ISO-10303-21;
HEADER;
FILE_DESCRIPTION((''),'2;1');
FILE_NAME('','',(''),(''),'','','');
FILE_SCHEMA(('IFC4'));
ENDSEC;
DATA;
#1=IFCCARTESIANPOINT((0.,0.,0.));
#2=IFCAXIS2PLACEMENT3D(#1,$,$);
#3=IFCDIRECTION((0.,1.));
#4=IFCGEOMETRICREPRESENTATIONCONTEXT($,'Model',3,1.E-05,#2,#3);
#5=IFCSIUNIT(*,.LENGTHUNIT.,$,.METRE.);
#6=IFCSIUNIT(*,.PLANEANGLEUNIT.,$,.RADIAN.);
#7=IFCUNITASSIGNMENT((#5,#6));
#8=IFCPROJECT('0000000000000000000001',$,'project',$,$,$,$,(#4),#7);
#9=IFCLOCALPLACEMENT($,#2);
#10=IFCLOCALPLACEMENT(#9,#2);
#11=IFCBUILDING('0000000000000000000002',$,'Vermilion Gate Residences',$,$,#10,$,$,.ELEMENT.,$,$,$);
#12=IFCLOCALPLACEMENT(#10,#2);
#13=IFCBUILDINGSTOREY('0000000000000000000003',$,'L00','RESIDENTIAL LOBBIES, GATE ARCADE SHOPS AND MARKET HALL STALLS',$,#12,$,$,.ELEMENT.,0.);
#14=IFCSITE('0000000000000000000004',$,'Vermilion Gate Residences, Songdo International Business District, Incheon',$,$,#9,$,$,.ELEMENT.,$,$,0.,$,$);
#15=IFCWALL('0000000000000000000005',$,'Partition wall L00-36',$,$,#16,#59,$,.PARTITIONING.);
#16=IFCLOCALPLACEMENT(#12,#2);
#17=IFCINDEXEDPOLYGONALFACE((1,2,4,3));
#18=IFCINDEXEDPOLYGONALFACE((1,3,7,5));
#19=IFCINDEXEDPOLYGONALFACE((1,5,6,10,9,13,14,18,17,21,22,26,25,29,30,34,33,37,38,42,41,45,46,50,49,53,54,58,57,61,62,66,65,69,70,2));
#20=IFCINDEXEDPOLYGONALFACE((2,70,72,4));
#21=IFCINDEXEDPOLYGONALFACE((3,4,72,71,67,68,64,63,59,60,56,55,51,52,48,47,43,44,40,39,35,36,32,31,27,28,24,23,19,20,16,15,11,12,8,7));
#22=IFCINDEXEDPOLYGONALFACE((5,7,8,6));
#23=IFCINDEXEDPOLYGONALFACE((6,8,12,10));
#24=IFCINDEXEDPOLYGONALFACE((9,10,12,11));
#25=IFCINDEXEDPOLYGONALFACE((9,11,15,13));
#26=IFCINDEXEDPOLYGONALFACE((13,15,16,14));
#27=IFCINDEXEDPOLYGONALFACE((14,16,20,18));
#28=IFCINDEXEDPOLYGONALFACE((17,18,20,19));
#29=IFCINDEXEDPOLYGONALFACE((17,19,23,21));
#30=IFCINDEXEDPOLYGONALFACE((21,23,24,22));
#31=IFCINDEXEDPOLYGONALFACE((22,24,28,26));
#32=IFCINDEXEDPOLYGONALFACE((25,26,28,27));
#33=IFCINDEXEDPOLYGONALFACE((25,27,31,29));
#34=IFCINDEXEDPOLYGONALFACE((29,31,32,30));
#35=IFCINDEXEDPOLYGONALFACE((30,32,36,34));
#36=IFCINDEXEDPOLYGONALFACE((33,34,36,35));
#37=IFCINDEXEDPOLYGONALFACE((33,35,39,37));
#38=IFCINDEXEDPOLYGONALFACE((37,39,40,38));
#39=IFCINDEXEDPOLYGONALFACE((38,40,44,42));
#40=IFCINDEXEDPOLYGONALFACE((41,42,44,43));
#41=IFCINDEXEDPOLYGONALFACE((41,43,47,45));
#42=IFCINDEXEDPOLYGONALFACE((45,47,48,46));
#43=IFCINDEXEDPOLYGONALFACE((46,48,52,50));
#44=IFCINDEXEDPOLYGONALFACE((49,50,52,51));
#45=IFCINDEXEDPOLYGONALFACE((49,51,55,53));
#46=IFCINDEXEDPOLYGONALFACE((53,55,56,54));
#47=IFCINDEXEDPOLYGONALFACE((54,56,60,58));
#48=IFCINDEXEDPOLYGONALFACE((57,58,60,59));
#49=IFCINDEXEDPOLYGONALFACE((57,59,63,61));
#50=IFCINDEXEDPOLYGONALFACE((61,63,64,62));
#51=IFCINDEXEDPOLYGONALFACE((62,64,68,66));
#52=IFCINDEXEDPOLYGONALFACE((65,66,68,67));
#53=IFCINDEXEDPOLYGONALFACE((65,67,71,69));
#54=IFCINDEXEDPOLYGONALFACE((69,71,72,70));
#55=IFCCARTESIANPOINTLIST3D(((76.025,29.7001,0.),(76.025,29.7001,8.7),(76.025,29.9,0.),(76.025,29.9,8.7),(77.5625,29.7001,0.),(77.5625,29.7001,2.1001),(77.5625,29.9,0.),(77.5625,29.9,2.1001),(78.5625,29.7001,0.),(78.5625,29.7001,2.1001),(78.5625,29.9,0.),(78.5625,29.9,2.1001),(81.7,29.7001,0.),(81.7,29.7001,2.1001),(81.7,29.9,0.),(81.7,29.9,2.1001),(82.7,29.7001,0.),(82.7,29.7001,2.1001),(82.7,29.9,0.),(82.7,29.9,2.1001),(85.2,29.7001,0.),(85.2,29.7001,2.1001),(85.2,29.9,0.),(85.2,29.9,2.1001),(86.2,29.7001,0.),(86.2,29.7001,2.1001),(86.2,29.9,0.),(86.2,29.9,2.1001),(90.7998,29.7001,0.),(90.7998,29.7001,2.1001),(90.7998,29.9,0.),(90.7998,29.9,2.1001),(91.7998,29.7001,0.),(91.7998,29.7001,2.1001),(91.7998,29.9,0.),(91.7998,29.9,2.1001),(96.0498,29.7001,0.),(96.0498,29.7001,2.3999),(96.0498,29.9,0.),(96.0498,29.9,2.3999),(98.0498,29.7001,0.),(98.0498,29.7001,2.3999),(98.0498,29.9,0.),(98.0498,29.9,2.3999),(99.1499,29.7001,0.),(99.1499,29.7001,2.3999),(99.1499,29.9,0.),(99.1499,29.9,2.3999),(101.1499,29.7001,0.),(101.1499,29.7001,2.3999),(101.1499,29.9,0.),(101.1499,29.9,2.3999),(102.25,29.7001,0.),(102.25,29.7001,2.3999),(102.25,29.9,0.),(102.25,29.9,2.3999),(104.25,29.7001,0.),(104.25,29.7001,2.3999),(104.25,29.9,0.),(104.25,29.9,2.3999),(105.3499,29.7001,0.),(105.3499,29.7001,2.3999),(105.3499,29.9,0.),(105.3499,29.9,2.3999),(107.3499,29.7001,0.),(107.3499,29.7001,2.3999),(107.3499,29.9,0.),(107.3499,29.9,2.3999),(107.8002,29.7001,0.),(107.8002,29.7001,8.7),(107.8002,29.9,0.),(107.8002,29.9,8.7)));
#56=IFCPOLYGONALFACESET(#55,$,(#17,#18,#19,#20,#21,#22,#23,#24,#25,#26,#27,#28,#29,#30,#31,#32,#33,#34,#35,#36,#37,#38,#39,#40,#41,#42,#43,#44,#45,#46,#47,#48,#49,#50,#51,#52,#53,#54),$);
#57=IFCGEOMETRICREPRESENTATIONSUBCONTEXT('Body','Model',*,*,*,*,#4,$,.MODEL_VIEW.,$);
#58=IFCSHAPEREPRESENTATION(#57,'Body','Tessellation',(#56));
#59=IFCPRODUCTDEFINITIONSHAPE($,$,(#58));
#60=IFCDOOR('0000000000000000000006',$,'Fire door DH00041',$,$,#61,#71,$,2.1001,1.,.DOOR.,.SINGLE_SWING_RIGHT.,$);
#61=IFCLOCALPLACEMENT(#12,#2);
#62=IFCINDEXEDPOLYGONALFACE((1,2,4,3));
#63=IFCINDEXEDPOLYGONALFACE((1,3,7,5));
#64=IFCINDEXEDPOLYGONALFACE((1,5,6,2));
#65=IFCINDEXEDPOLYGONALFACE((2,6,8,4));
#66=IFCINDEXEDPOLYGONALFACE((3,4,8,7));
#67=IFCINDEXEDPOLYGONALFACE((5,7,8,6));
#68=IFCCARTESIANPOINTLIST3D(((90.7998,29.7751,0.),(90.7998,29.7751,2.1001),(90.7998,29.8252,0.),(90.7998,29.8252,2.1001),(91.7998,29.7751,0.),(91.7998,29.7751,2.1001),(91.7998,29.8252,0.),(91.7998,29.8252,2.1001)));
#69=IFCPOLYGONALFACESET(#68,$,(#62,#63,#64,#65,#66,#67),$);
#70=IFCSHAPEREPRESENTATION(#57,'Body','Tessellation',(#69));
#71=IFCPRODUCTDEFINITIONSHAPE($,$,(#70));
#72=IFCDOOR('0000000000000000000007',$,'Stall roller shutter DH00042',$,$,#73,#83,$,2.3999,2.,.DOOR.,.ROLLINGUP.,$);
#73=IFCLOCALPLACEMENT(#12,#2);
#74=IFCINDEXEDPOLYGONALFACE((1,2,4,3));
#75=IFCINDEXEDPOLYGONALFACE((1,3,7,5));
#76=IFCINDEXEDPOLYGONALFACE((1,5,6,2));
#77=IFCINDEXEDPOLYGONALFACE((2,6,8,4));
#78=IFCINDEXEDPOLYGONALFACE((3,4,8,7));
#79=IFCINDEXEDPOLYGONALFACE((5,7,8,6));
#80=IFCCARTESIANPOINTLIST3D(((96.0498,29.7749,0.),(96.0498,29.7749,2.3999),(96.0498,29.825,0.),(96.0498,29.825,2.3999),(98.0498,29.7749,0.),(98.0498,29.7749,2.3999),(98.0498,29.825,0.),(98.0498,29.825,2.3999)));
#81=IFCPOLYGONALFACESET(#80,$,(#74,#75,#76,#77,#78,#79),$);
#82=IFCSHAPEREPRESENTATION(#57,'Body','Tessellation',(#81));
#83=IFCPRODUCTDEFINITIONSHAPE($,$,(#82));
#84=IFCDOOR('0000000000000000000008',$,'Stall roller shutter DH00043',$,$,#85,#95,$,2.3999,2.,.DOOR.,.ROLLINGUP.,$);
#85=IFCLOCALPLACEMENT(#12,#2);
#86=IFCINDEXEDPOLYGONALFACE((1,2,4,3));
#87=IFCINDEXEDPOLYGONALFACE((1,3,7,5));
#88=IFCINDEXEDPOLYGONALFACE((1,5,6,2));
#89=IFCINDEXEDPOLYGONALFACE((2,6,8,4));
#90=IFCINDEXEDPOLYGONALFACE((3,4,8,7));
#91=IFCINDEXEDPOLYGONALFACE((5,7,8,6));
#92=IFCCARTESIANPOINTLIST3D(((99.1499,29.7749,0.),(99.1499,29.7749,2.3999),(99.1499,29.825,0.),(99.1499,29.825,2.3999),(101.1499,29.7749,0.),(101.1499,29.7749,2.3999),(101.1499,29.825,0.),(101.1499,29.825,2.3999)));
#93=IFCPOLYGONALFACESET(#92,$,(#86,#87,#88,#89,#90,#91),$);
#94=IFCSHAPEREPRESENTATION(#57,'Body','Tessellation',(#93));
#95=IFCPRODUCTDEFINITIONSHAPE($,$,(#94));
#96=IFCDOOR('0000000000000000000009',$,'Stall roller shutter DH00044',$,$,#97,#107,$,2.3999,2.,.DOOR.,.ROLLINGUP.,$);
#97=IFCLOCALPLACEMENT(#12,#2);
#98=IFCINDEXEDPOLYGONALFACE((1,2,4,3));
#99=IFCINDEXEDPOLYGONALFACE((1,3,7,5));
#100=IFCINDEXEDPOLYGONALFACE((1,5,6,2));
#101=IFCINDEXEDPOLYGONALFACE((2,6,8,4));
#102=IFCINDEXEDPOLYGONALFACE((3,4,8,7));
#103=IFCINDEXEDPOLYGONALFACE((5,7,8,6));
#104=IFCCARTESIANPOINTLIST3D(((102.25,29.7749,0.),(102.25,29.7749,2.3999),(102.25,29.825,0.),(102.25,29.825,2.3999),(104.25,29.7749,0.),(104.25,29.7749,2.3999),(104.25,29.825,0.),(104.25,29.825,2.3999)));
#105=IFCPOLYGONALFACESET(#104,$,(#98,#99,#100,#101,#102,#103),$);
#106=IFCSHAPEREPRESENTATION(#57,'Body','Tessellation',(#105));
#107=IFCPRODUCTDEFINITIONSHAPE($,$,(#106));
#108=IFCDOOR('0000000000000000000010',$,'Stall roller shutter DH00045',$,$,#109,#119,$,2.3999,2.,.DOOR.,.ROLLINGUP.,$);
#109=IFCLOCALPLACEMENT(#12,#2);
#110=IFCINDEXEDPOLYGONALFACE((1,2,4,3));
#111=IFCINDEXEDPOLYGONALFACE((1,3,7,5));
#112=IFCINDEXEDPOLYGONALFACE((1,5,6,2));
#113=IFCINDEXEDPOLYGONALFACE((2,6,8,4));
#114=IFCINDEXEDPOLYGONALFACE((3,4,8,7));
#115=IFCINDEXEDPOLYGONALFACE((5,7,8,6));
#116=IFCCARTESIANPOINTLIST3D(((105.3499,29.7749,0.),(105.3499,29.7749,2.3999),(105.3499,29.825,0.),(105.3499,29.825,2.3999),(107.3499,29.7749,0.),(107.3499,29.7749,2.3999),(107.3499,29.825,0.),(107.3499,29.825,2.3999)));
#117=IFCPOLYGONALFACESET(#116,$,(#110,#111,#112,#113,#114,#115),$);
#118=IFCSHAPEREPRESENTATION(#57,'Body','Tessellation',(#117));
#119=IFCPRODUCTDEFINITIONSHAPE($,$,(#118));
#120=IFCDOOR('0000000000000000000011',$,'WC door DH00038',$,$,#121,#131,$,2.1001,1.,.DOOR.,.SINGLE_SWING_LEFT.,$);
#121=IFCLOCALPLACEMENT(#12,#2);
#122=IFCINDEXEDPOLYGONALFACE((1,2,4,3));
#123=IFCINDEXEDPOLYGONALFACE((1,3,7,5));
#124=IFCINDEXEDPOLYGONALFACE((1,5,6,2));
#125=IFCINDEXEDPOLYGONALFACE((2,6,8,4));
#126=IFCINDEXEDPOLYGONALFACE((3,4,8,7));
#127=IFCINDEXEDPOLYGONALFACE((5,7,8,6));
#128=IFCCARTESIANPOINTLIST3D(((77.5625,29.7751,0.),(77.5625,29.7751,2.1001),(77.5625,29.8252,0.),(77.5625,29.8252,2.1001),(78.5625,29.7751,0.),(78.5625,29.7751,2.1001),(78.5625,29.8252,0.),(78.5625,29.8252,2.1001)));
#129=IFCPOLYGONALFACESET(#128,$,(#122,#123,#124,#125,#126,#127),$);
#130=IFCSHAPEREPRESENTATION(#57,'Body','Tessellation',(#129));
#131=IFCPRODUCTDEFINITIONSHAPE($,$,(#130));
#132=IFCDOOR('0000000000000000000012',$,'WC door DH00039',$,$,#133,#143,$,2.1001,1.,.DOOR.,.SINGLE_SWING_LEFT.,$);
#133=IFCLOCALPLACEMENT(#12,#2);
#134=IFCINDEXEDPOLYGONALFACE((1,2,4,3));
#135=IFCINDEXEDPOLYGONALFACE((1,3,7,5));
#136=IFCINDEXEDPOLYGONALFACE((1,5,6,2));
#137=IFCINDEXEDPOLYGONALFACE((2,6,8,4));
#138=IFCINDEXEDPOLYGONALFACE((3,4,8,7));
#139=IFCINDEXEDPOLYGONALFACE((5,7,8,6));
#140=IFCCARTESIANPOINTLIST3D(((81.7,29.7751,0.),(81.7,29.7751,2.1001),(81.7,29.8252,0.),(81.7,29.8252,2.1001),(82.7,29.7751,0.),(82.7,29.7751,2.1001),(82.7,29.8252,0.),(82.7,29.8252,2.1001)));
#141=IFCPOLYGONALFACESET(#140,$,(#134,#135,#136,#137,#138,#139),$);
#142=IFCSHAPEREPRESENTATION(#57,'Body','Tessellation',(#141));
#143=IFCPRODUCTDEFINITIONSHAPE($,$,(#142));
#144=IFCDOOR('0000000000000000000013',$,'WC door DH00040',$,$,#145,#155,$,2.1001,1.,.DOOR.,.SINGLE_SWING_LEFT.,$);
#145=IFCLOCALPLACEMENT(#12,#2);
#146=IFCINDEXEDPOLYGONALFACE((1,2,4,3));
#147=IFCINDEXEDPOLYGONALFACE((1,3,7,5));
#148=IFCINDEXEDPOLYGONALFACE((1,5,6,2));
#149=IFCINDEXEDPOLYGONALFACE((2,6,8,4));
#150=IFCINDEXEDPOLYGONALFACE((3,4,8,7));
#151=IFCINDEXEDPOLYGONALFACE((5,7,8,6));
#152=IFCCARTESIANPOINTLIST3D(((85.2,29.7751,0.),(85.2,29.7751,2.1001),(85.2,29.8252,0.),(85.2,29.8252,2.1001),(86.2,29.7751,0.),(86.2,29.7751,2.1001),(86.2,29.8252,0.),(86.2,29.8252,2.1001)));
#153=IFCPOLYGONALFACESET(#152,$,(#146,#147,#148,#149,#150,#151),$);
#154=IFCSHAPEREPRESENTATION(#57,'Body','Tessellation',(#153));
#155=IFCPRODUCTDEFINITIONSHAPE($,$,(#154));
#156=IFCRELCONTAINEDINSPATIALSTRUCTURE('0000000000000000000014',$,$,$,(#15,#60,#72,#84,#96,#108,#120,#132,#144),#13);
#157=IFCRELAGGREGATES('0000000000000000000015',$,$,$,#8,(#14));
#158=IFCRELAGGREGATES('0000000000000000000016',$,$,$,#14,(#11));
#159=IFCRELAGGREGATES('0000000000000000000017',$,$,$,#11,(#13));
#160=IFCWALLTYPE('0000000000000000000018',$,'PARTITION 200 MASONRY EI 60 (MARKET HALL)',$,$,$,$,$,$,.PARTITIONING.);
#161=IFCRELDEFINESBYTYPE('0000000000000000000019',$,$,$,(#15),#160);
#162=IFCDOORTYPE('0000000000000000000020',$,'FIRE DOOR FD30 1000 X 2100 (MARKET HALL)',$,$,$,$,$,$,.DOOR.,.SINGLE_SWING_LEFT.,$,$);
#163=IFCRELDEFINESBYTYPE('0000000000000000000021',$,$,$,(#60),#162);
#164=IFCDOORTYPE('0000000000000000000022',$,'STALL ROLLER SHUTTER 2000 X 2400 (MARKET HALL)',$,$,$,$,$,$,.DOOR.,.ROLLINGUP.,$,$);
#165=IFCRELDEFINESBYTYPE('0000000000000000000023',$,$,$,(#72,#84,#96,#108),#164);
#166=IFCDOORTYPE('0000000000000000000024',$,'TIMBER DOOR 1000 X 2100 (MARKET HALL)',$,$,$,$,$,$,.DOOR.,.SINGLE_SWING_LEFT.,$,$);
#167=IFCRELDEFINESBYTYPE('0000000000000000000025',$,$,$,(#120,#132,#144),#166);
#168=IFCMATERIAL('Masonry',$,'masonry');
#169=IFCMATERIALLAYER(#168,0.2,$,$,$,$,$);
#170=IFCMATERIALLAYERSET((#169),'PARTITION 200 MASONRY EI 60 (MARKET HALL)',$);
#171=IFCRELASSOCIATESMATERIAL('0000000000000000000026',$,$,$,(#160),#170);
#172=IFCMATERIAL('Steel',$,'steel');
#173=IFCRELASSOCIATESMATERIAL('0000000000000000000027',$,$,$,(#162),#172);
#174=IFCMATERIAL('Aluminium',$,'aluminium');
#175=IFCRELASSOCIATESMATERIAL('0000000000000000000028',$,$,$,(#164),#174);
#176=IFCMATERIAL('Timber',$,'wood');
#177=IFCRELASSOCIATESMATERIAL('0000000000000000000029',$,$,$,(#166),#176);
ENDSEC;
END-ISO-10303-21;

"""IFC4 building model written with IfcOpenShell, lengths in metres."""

from ifc_helpers import new_model, si_unit, direction, frame, frame_2d, origin, place, context, subcontext, project, spatial, rectangle, extrude, material, layer, layer_set, type_object, element, fill, save


model = new_model("IFC4")

# Units and contexts
model_context = context("Model", 3, precision=1e-05, world=origin(), true_north=direction((0.0, 1.0)))
body_context = subcontext(model_context, "Body", "Model", "MODEL_VIEW")
ifc_project = project(units=[si_unit("LENGTHUNIT", "METRE"), si_unit("PLANEANGLEUNIT", "RADIAN")], contexts=[model_context])

# Site, building, storey
site_placement = place(None, origin())
site = spatial("IfcSite", under=ifc_project, at=site_placement, Name="Vermilion Gate Residences, Songdo International Business District, Incheon", CompositionType="ELEMENT", RefElevation=0.0)
building_placement = place(site_placement, origin())
building = spatial("IfcBuilding", under=site, at=building_placement, Name="Vermilion Gate Residences", CompositionType="ELEMENT")
storey_placement = place(building_placement, origin())
storey = spatial("IfcBuildingStorey", under=building, at=storey_placement, Name="L00", Description="RESIDENTIAL LOBBIES, GATE ARCADE SHOPS AND MARKET HALL STALLS", CompositionType="ELEMENT", Elevation=0.0)

# Wall, openings, doors
ifc_material_1 = material(Name="Masonry", Category="masonry")
ifc_layer_1 = layer(ifc_material_1, 0.2)
ifc_layer_set_1 = layer_set([ifc_layer_1], Name="PARTITION 200 MASONRY EI 60 (MARKET HALL)")
wall_type_1 = type_object("IfcWallType", Name="PARTITION 200 MASONRY EI 60 (MARKET HALL)", PredefinedType="PARTITIONING", material=ifc_layer_set_1)
wall_1_placement = place(storey_placement, frame((76.0249, 29.8, 0.0), z_axis=(0.0, 0.0, 1.0), x_axis=(1.0, 0.0, 0.0)))
wall_1 = element("IfcWall", 1, at=wall_1_placement, inside=storey, type_object=wall_type_1, Name="Partition wall L00-36", PredefinedType="PARTITIONING", context=body_context, shape_type="SweptSolid", body=[
    extrude(rectangle(XDim=31.7751, YDim=0.2, at=frame_2d((15.8877, 0.0))), origin(), (0.0, 0.0, 1.0), 8.7),
])
opening_1_placement = place(wall_1_placement, frame((1.5376, 0.0, 0.0)))
opening_1 = element("IfcOpeningElement", 2, at=opening_1_placement, cuts=wall_1, PredefinedType="OPENING", context=body_context, shape_type="SweptSolid", body=[
    extrude(rectangle(XDim=1.0, YDim=2.1001, at=frame_2d((0.5, 1.05))), frame((0.0, 0.1099, 0.0), z_axis=(0.0, -1.0, 0.0), x_axis=(1.0, 0.0, 0.0)), (0.0, 0.0, 1.0), 0.22),
])
opening_2_placement = place(wall_1_placement, frame((5.675, 0.0, 0.0)))
opening_2 = element("IfcOpeningElement", 3, at=opening_2_placement, cuts=wall_1, PredefinedType="OPENING", context=body_context, shape_type="SweptSolid", body=[
    extrude(rectangle(XDim=1.0, YDim=2.1001, at=frame_2d((0.5, 1.05))), frame((0.0, 0.1099, 0.0), z_axis=(0.0, -1.0, 0.0), x_axis=(1.0, 0.0, 0.0)), (0.0, 0.0, 1.0), 0.22),
])
opening_3_placement = place(wall_1_placement, frame((9.175, 0.0, 0.0)))
opening_3 = element("IfcOpeningElement", 4, at=opening_3_placement, cuts=wall_1, PredefinedType="OPENING", context=body_context, shape_type="SweptSolid", body=[
    extrude(rectangle(XDim=1.0, YDim=2.1001, at=frame_2d((0.5, 1.05))), frame((0.0, 0.1099, 0.0), z_axis=(0.0, -1.0, 0.0), x_axis=(1.0, 0.0, 0.0)), (0.0, 0.0, 1.0), 0.22),
])
opening_4_placement = place(wall_1_placement, frame((14.7749, 0.0, 0.0)))
opening_4 = element("IfcOpeningElement", 5, at=opening_4_placement, cuts=wall_1, PredefinedType="OPENING", context=body_context, shape_type="SweptSolid", body=[
    extrude(rectangle(XDim=1.0, YDim=2.1001, at=frame_2d((0.5, 1.05))), frame((0.0, 0.1099, 0.0), z_axis=(0.0, -1.0, 0.0), x_axis=(1.0, 0.0, 0.0)), (0.0, 0.0, 1.0), 0.22),
])
opening_5_placement = place(wall_1_placement, frame((20.0249, 0.0, 0.0)))
opening_5 = element("IfcOpeningElement", 6, at=opening_5_placement, cuts=wall_1, PredefinedType="OPENING", context=body_context, shape_type="SweptSolid", body=[
    extrude(rectangle(XDim=2.0, YDim=2.3999, at=frame_2d((1.0, 1.2))), frame((0.0, 0.1099, 0.0), z_axis=(0.0, -1.0, 0.0), x_axis=(1.0, 0.0, 0.0)), (0.0, 0.0, 1.0), 0.22),
])
opening_6_placement = place(wall_1_placement, frame((23.125, 0.0, 0.0)))
opening_6 = element("IfcOpeningElement", 7, at=opening_6_placement, cuts=wall_1, PredefinedType="OPENING", context=body_context, shape_type="SweptSolid", body=[
    extrude(rectangle(XDim=2.0, YDim=2.3999, at=frame_2d((1.0, 1.2))), frame((0.0, 0.1099, 0.0), z_axis=(0.0, -1.0, 0.0), x_axis=(1.0, 0.0, 0.0)), (0.0, 0.0, 1.0), 0.22),
])
opening_7_placement = place(wall_1_placement, frame((26.2251, 0.0, 0.0)))
opening_7 = element("IfcOpeningElement", 8, at=opening_7_placement, cuts=wall_1, PredefinedType="OPENING", context=body_context, shape_type="SweptSolid", body=[
    extrude(rectangle(XDim=2.0, YDim=2.3999, at=frame_2d((1.0, 1.2))), frame((0.0, 0.1099, 0.0), z_axis=(0.0, -1.0, 0.0), x_axis=(1.0, 0.0, 0.0)), (0.0, 0.0, 1.0), 0.22),
])
opening_8_placement = place(wall_1_placement, frame((29.325, 0.0, 0.0)))
opening_8 = element("IfcOpeningElement", 9, at=opening_8_placement, cuts=wall_1, PredefinedType="OPENING", context=body_context, shape_type="SweptSolid", body=[
    extrude(rectangle(XDim=2.0, YDim=2.3999, at=frame_2d((1.0, 1.2))), frame((0.0, 0.1099, 0.0), z_axis=(0.0, -1.0, 0.0), x_axis=(1.0, 0.0, 0.0)), (0.0, 0.0, 1.0), 0.22),
])
ifc_material_2 = material(Name="Steel", Category="steel")
door_type_1 = type_object("IfcDoorType", Name="FIRE DOOR FD30 1000 X 2100 (MARKET HALL)", OperationType="SINGLE_SWING_LEFT", PredefinedType="DOOR", material=ifc_material_2)
door_1_placement = place(opening_4_placement, frame((1.0, 0.0, 0.0), z_axis=(0.0, 0.0, 1.0), x_axis=(-1.0, 0.0, 0.0)))
door_1 = element("IfcDoor", 10, at=door_1_placement, inside=storey, type_object=door_type_1, Name="Fire door DH00041", OperationType="SINGLE_SWING_RIGHT", OverallHeight=2.1001, OverallWidth=1.0, PredefinedType="DOOR", context=body_context, shape_type="SweptSolid", body=[
    extrude(rectangle(XDim=1.0, YDim=2.1001, at=frame_2d((0.5, 1.05))), frame((0.0, 0.0249, 0.0), z_axis=(0.0, -1.0, 0.0), x_axis=(1.0, 0.0, 0.0)), (0.0, 0.0, 1.0), 0.05),
])
fill(opening_4, door_1)
ifc_material_3 = material(Name="Aluminium", Category="aluminium")
door_type_2 = type_object("IfcDoorType", Name="STALL ROLLER SHUTTER 2000 X 2400 (MARKET HALL)", OperationType="ROLLINGUP", PredefinedType="DOOR", material=ifc_material_3)
door_2_placement = place(opening_5_placement, origin())
door_2 = element("IfcDoor", 11, at=door_2_placement, inside=storey, type_object=door_type_2, Name="Stall roller shutter DH00042", OperationType="ROLLINGUP", OverallHeight=2.3999, OverallWidth=2.0, PredefinedType="DOOR", context=body_context, shape_type="SweptSolid", body=[
    extrude(rectangle(XDim=2.0, YDim=2.3999, at=frame_2d((1.0, 1.2))), frame((0.0, 0.0249, 0.0), z_axis=(0.0, -1.0, 0.0), x_axis=(1.0, 0.0, 0.0)), (0.0, 0.0, 1.0), 0.05),
])
fill(opening_5, door_2)
door_3_placement = place(opening_6_placement, origin())
door_3 = element("IfcDoor", 12, at=door_3_placement, inside=storey, type_object=door_type_2, Name="Stall roller shutter DH00043", OperationType="ROLLINGUP", OverallHeight=2.3999, OverallWidth=2.0, PredefinedType="DOOR", context=body_context, shape_type="SweptSolid", body=[
    extrude(rectangle(XDim=2.0, YDim=2.3999, at=frame_2d((1.0, 1.2))), frame((0.0, 0.0249, 0.0), z_axis=(0.0, -1.0, 0.0), x_axis=(1.0, 0.0, 0.0)), (0.0, 0.0, 1.0), 0.05),
])
fill(opening_6, door_3)
door_4_placement = place(opening_7_placement, origin())
door_4 = element("IfcDoor", 13, at=door_4_placement, inside=storey, type_object=door_type_2, Name="Stall roller shutter DH00044", OperationType="ROLLINGUP", OverallHeight=2.3999, OverallWidth=2.0, PredefinedType="DOOR", context=body_context, shape_type="SweptSolid", body=[
    extrude(rectangle(XDim=2.0, YDim=2.3999, at=frame_2d((1.0, 1.2))), frame((0.0, 0.0249, 0.0), z_axis=(0.0, -1.0, 0.0), x_axis=(1.0, 0.0, 0.0)), (0.0, 0.0, 1.0), 0.05),
])
fill(opening_7, door_4)
door_5_placement = place(opening_8_placement, origin())
door_5 = element("IfcDoor", 14, at=door_5_placement, inside=storey, type_object=door_type_2, Name="Stall roller shutter DH00045", OperationType="ROLLINGUP", OverallHeight=2.3999, OverallWidth=2.0, PredefinedType="DOOR", context=body_context, shape_type="SweptSolid", body=[
    extrude(rectangle(XDim=2.0, YDim=2.3999, at=frame_2d((1.0, 1.2))), frame((0.0, 0.0249, 0.0), z_axis=(0.0, -1.0, 0.0), x_axis=(1.0, 0.0, 0.0)), (0.0, 0.0, 1.0), 0.05),
])
fill(opening_8, door_5)
ifc_material_4 = material(Name="Timber", Category="wood")
door_type_3 = type_object("IfcDoorType", Name="TIMBER DOOR 1000 X 2100 (MARKET HALL)", OperationType="SINGLE_SWING_LEFT", PredefinedType="DOOR", material=ifc_material_4)
door_6_placement = place(opening_1_placement, frame((1.0, 0.0, 0.0), z_axis=(0.0, 0.0, 1.0), x_axis=(-1.0, 0.0, 0.0)))
door_6 = element("IfcDoor", 15, at=door_6_placement, inside=storey, type_object=door_type_3, Name="WC door DH00038", OperationType="SINGLE_SWING_LEFT", OverallHeight=2.1001, OverallWidth=1.0, PredefinedType="DOOR", context=body_context, shape_type="SweptSolid", body=[
    extrude(rectangle(XDim=1.0, YDim=2.1001, at=frame_2d((0.5, 1.05))), frame((0.0, 0.0249, 0.0), z_axis=(0.0, -1.0, 0.0), x_axis=(1.0, 0.0, 0.0)), (0.0, 0.0, 1.0), 0.05),
])
fill(opening_1, door_6)
door_7_placement = place(opening_2_placement, frame((1.0, 0.0, 0.0), z_axis=(0.0, 0.0, 1.0), x_axis=(-1.0, 0.0, 0.0)))
door_7 = element("IfcDoor", 16, at=door_7_placement, inside=storey, type_object=door_type_3, Name="WC door DH00039", OperationType="SINGLE_SWING_LEFT", OverallHeight=2.1001, OverallWidth=1.0, PredefinedType="DOOR", context=body_context, shape_type="SweptSolid", body=[
    extrude(rectangle(XDim=1.0, YDim=2.1001, at=frame_2d((0.5, 1.05))), frame((0.0, 0.0249, 0.0), z_axis=(0.0, -1.0, 0.0), x_axis=(1.0, 0.0, 0.0)), (0.0, 0.0, 1.0), 0.05),
])
fill(opening_2, door_7)
door_8_placement = place(opening_3_placement, frame((1.0, 0.0, 0.0), z_axis=(0.0, 0.0, 1.0), x_axis=(-1.0, 0.0, 0.0)))
door_8 = element("IfcDoor", 17, at=door_8_placement, inside=storey, type_object=door_type_3, Name="WC door DH00040", OperationType="SINGLE_SWING_LEFT", OverallHeight=2.1001, OverallWidth=1.0, PredefinedType="DOOR", context=body_context, shape_type="SweptSolid", body=[
    extrude(rectangle(XDim=1.0, YDim=2.1001, at=frame_2d((0.5, 1.05))), frame((0.0, 0.0249, 0.0), z_axis=(0.0, -1.0, 0.0), x_axis=(1.0, 0.0, 0.0)), (0.0, 0.0, 1.0), 0.05),
])
fill(opening_3, door_8)

save(model, "model.ifc")
